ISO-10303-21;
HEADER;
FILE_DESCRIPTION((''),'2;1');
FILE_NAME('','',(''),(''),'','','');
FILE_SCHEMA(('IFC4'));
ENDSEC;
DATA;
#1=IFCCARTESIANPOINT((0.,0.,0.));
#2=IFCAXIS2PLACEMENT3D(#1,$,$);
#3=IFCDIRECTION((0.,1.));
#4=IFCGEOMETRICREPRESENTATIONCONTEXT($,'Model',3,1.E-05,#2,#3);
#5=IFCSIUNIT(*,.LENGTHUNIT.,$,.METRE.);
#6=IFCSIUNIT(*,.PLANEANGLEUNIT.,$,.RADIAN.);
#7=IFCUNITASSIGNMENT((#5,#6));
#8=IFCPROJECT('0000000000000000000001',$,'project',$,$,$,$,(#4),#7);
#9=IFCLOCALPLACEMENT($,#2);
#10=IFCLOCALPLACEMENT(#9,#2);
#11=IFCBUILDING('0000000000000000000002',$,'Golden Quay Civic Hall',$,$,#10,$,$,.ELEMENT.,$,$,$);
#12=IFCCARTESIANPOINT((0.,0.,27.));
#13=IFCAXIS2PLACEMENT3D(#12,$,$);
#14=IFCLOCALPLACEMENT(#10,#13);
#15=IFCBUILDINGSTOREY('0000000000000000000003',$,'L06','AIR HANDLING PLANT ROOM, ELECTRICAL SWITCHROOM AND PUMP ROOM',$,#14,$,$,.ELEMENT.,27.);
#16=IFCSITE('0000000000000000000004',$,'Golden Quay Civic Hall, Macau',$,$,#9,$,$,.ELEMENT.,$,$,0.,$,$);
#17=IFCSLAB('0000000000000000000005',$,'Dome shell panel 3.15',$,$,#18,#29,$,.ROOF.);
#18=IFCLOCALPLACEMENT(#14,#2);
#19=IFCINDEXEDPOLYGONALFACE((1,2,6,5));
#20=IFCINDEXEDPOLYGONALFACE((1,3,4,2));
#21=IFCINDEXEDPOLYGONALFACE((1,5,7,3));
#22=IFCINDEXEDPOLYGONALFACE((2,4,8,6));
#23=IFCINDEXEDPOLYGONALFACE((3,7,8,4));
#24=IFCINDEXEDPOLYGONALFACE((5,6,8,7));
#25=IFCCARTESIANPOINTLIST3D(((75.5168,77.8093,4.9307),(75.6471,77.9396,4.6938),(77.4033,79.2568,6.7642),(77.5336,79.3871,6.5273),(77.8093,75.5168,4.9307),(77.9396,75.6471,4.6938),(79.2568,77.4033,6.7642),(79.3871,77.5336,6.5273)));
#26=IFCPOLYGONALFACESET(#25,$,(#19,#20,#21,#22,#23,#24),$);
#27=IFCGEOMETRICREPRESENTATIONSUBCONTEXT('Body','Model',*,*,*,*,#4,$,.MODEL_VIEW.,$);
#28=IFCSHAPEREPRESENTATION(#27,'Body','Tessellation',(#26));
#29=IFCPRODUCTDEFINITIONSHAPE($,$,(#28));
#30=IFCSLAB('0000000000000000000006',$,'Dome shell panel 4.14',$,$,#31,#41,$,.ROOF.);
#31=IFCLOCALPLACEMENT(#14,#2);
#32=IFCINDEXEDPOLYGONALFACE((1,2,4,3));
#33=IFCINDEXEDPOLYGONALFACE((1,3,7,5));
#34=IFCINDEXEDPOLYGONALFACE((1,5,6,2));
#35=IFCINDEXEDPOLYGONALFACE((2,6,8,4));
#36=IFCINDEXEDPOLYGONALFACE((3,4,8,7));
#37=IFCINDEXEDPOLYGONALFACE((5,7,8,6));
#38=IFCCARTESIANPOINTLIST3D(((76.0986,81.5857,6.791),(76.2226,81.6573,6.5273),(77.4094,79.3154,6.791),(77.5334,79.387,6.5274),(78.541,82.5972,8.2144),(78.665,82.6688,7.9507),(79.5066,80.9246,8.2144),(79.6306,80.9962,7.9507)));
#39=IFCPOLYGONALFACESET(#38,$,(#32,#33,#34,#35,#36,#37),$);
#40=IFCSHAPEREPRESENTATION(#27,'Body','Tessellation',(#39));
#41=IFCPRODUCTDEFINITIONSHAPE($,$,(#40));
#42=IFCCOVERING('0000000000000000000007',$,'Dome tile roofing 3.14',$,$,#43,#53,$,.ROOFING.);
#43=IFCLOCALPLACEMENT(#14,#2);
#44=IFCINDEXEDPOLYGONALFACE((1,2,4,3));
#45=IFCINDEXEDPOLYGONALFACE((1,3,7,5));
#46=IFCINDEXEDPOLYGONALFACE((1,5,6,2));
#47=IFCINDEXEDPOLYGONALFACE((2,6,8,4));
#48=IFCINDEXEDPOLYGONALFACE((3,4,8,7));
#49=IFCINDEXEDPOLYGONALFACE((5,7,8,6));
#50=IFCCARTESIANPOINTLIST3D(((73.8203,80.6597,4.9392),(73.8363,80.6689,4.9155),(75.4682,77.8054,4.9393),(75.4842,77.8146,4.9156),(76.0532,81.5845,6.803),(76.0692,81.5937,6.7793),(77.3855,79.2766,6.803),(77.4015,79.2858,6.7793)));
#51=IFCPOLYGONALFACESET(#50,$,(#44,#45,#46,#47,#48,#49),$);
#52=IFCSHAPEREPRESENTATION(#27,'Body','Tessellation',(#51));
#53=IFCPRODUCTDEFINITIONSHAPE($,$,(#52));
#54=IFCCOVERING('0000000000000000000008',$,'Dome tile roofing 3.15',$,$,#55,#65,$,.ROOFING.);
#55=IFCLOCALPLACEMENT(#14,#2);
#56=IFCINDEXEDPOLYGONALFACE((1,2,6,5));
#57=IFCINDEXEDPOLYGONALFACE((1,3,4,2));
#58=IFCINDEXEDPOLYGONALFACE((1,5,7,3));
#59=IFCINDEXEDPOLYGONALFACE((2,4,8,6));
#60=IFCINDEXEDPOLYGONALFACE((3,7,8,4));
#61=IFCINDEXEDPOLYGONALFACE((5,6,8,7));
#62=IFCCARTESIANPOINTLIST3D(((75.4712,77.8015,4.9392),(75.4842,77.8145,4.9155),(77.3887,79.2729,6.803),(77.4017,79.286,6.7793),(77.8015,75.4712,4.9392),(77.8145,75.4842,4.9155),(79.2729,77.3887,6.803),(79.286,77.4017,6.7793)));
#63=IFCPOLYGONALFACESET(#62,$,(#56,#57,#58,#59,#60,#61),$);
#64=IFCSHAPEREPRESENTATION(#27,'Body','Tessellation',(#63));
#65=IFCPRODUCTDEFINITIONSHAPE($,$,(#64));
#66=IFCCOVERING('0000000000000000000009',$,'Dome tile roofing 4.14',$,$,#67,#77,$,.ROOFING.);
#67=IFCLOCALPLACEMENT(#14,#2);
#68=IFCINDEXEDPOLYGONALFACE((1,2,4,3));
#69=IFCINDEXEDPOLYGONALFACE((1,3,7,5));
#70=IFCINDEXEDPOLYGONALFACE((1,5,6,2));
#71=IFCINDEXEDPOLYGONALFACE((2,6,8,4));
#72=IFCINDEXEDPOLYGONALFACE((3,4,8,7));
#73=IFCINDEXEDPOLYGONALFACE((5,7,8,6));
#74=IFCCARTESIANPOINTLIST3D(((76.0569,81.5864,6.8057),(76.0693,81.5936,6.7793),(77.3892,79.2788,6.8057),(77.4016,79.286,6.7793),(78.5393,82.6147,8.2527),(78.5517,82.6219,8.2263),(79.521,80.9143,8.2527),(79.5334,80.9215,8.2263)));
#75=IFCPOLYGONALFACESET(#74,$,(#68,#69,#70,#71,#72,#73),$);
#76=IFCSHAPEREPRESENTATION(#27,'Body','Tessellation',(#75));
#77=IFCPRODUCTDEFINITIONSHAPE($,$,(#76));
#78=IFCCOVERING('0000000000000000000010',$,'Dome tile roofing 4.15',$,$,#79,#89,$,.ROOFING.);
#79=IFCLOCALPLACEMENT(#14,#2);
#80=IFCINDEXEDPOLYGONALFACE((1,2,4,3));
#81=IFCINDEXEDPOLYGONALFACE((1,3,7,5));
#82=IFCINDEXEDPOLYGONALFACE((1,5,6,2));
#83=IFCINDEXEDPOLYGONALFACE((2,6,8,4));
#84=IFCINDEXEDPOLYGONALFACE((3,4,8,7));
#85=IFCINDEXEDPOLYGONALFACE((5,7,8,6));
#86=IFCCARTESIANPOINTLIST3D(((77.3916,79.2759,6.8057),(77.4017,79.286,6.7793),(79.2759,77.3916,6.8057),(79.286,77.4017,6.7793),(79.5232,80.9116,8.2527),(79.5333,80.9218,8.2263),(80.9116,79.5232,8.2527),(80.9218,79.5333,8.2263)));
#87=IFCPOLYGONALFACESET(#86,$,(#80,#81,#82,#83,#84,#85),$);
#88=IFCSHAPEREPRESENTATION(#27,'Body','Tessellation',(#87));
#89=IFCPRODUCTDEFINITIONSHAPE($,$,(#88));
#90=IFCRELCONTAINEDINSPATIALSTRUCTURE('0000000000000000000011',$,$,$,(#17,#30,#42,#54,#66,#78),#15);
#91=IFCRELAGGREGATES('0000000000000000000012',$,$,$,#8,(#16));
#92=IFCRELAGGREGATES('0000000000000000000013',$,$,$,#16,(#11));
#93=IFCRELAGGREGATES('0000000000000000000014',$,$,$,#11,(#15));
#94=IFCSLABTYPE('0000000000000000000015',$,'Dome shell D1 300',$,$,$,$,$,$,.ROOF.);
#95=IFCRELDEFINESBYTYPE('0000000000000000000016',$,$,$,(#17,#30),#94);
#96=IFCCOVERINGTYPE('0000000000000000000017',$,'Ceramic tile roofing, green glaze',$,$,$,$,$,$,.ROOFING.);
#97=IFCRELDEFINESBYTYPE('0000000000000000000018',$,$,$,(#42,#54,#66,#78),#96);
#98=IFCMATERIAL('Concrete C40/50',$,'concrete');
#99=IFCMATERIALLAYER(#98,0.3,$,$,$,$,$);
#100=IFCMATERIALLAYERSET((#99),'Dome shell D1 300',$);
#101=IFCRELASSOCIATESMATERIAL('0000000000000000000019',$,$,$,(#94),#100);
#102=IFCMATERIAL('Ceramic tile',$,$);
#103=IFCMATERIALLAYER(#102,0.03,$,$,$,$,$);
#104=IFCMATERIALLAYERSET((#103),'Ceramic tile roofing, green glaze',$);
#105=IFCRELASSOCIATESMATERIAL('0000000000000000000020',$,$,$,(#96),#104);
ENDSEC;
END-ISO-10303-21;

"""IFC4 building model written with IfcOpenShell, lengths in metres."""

from ifc_helpers import new_model, si_unit, direction, frame, origin, place, context, subcontext, project, spatial, polyline, outline, extrude, material, layer, layer_set, type_object, element, save


model = new_model("IFC4")

# Units and contexts
model_context = context("Model", 3, precision=1e-05, world=origin(), true_north=direction((0.0, 1.0)))
body_context = subcontext(model_context, "Body", "Model", "MODEL_VIEW")
ifc_project = project(units=[si_unit("LENGTHUNIT", "METRE"), si_unit("PLANEANGLEUNIT", "RADIAN")], contexts=[model_context])

# Site, building, storey
site_placement = place(None, origin())
site = spatial("IfcSite", under=ifc_project, at=site_placement, Name="Golden Quay Civic Hall, Macau", CompositionType="ELEMENT", RefElevation=0.0)
building_placement = place(site_placement, origin())
building = spatial("IfcBuilding", under=site, at=building_placement, Name="Golden Quay Civic Hall", CompositionType="ELEMENT")
storey_placement = place(building_placement, frame((0.0, 0.0, 27.0)))
storey = spatial("IfcBuildingStorey", under=building, at=storey_placement, Name="L06", Description="AIR HANDLING PLANT ROOM, ELECTRICAL SWITCHROOM AND PUMP ROOM", CompositionType="ELEMENT", Elevation=27.0)

# Slabs
ifc_material_1 = material(Name="Concrete C40/50", Category="concrete")
ifc_layer_1 = layer(ifc_material_1, 0.3)
ifc_layer_set_1 = layer_set([ifc_layer_1], Name="Dome shell D1 300")
slab_type = type_object("IfcSlabType", Name="Dome shell D1 300", PredefinedType="ROOF", material=ifc_layer_set_1)
slab_1_placement = place(storey_placement, frame((75.5168, 77.8093, 4.9307), z_axis=(-0.434107, -0.434107, 0.789369), x_axis=(0.707107, -0.707107, 0.0)))
element("IfcSlab", 1, at=slab_1_placement, inside=storey, type_object=slab_type, Name="Dome shell panel 3.15", PredefinedType="ROOF", context=body_context, shape_type="SweptSolid", body=[
    extrude(outline(polyline([(0.0, 0.0), (3.2421, 0.0), (2.9317, 2.9865), (0.3104, 2.9865), (0.0, 0.0)])), origin(), (0.0, 0.0, -1.0), 0.3),
])
slab_2_placement = place(storey_placement, frame((76.0986, 81.5857, 6.791), z_axis=(-0.413311, -0.23862, 0.878769), x_axis=(0.50001, -0.86602, 0.000011)))
element("IfcSlab", 2, at=slab_2_placement, inside=storey, type_object=slab_type, Name="Dome shell panel 4.14", PredefinedType="ROOF", context=body_context, shape_type="SweptSolid", body=[
    extrude(outline(polyline([(0.0, 0.0), (2.6215, 0.0), (2.2766, 2.9823), (0.3453, 2.9824), (0.0, 0.0)])), origin(), (0.0, 0.0, -1.0), 0.3),
])

# Coverings
ifc_material_2 = material(Name="Ceramic tile")
ifc_layer_2 = layer(ifc_material_2, 0.03)
ifc_layer_set_2 = layer_set([ifc_layer_2], Name="Ceramic tile roofing, green glaze")
covering_type = type_object("IfcCoveringType", Name="Ceramic tile roofing, green glaze", PredefinedType="ROOFING", material=ifc_layer_set_2)
covering_1_placement = place(storey_placement, frame((73.8203, 80.6597, 4.9392), z_axis=(-0.531723, -0.306978, 0.789326), x_axis=(0.500001, -0.866025, 0.000015)))
element("IfcCovering", 3, at=covering_1_placement, inside=storey, type_object=covering_type, Name="Dome tile roofing 3.14", PredefinedType="ROOFING", context=body_context, shape_type="SweptSolid", body=[
    extrude(outline(polyline([(0.0, 0.0), (3.2958, 0.0), (2.9804, 3.0355), (0.3156, 3.0357), (0.0, 0.0)])), origin(), (0.0, 0.0, -1.0), 0.03),
])
covering_2_placement = place(storey_placement, frame((75.4712, 77.8015, 4.9392), z_axis=(-0.434116, -0.434116, 0.789358), x_axis=(0.707107, -0.707107, 0.0)))
element("IfcCovering", 4, at=covering_2_placement, inside=storey, type_object=covering_type, Name="Dome tile roofing 3.15", PredefinedType="ROOFING", context=body_context, shape_type="SweptSolid", body=[
    extrude(outline(polyline([(0.0, 0.0), (3.2956, 0.0), (2.9802, 3.0358), (0.3154, 3.0358), (0.0, 0.0)])), origin(), (0.0, 0.0, -1.0), 0.03),
])
covering_3_placement = place(storey_placement, frame((76.0569, 81.5864, 6.8057), z_axis=(-0.413367, -0.238648, 0.878735), x_axis=(0.499991, -0.866031, 0.000003)))
element("IfcCovering", 5, at=covering_3_placement, inside=storey, type_object=covering_type, Name="Dome tile roofing 4.14", PredefinedType="ROOFING", context=body_context, shape_type="SweptSolid", body=[
    extrude(outline(polyline([(0.0, 0.0), (2.6646, 0.0), (2.3141, 3.0316), (0.3506, 3.0316), (0.0, 0.0)])), origin(), (0.0, 0.0, -1.0), 0.03),
])
covering_4_placement = place(storey_placement, frame((77.3916, 79.2759, 6.8057), z_axis=(-0.337517, -0.337517, 0.878729), x_axis=(0.707107, -0.707107, 0.0)))
element("IfcCovering", 6, at=covering_4_placement, inside=storey, type_object=covering_type, Name="Dome tile roofing 4.15", PredefinedType="ROOFING", context=body_context, shape_type="SweptSolid", body=[
    extrude(outline(polyline([(0.0, 0.0), (2.6648, 0.0), (2.3142, 3.0315), (0.3506, 3.0315), (0.0, 0.0)])), origin(), (0.0, 0.0, -1.0), 0.03),
])

save(model, "model.ifc")
